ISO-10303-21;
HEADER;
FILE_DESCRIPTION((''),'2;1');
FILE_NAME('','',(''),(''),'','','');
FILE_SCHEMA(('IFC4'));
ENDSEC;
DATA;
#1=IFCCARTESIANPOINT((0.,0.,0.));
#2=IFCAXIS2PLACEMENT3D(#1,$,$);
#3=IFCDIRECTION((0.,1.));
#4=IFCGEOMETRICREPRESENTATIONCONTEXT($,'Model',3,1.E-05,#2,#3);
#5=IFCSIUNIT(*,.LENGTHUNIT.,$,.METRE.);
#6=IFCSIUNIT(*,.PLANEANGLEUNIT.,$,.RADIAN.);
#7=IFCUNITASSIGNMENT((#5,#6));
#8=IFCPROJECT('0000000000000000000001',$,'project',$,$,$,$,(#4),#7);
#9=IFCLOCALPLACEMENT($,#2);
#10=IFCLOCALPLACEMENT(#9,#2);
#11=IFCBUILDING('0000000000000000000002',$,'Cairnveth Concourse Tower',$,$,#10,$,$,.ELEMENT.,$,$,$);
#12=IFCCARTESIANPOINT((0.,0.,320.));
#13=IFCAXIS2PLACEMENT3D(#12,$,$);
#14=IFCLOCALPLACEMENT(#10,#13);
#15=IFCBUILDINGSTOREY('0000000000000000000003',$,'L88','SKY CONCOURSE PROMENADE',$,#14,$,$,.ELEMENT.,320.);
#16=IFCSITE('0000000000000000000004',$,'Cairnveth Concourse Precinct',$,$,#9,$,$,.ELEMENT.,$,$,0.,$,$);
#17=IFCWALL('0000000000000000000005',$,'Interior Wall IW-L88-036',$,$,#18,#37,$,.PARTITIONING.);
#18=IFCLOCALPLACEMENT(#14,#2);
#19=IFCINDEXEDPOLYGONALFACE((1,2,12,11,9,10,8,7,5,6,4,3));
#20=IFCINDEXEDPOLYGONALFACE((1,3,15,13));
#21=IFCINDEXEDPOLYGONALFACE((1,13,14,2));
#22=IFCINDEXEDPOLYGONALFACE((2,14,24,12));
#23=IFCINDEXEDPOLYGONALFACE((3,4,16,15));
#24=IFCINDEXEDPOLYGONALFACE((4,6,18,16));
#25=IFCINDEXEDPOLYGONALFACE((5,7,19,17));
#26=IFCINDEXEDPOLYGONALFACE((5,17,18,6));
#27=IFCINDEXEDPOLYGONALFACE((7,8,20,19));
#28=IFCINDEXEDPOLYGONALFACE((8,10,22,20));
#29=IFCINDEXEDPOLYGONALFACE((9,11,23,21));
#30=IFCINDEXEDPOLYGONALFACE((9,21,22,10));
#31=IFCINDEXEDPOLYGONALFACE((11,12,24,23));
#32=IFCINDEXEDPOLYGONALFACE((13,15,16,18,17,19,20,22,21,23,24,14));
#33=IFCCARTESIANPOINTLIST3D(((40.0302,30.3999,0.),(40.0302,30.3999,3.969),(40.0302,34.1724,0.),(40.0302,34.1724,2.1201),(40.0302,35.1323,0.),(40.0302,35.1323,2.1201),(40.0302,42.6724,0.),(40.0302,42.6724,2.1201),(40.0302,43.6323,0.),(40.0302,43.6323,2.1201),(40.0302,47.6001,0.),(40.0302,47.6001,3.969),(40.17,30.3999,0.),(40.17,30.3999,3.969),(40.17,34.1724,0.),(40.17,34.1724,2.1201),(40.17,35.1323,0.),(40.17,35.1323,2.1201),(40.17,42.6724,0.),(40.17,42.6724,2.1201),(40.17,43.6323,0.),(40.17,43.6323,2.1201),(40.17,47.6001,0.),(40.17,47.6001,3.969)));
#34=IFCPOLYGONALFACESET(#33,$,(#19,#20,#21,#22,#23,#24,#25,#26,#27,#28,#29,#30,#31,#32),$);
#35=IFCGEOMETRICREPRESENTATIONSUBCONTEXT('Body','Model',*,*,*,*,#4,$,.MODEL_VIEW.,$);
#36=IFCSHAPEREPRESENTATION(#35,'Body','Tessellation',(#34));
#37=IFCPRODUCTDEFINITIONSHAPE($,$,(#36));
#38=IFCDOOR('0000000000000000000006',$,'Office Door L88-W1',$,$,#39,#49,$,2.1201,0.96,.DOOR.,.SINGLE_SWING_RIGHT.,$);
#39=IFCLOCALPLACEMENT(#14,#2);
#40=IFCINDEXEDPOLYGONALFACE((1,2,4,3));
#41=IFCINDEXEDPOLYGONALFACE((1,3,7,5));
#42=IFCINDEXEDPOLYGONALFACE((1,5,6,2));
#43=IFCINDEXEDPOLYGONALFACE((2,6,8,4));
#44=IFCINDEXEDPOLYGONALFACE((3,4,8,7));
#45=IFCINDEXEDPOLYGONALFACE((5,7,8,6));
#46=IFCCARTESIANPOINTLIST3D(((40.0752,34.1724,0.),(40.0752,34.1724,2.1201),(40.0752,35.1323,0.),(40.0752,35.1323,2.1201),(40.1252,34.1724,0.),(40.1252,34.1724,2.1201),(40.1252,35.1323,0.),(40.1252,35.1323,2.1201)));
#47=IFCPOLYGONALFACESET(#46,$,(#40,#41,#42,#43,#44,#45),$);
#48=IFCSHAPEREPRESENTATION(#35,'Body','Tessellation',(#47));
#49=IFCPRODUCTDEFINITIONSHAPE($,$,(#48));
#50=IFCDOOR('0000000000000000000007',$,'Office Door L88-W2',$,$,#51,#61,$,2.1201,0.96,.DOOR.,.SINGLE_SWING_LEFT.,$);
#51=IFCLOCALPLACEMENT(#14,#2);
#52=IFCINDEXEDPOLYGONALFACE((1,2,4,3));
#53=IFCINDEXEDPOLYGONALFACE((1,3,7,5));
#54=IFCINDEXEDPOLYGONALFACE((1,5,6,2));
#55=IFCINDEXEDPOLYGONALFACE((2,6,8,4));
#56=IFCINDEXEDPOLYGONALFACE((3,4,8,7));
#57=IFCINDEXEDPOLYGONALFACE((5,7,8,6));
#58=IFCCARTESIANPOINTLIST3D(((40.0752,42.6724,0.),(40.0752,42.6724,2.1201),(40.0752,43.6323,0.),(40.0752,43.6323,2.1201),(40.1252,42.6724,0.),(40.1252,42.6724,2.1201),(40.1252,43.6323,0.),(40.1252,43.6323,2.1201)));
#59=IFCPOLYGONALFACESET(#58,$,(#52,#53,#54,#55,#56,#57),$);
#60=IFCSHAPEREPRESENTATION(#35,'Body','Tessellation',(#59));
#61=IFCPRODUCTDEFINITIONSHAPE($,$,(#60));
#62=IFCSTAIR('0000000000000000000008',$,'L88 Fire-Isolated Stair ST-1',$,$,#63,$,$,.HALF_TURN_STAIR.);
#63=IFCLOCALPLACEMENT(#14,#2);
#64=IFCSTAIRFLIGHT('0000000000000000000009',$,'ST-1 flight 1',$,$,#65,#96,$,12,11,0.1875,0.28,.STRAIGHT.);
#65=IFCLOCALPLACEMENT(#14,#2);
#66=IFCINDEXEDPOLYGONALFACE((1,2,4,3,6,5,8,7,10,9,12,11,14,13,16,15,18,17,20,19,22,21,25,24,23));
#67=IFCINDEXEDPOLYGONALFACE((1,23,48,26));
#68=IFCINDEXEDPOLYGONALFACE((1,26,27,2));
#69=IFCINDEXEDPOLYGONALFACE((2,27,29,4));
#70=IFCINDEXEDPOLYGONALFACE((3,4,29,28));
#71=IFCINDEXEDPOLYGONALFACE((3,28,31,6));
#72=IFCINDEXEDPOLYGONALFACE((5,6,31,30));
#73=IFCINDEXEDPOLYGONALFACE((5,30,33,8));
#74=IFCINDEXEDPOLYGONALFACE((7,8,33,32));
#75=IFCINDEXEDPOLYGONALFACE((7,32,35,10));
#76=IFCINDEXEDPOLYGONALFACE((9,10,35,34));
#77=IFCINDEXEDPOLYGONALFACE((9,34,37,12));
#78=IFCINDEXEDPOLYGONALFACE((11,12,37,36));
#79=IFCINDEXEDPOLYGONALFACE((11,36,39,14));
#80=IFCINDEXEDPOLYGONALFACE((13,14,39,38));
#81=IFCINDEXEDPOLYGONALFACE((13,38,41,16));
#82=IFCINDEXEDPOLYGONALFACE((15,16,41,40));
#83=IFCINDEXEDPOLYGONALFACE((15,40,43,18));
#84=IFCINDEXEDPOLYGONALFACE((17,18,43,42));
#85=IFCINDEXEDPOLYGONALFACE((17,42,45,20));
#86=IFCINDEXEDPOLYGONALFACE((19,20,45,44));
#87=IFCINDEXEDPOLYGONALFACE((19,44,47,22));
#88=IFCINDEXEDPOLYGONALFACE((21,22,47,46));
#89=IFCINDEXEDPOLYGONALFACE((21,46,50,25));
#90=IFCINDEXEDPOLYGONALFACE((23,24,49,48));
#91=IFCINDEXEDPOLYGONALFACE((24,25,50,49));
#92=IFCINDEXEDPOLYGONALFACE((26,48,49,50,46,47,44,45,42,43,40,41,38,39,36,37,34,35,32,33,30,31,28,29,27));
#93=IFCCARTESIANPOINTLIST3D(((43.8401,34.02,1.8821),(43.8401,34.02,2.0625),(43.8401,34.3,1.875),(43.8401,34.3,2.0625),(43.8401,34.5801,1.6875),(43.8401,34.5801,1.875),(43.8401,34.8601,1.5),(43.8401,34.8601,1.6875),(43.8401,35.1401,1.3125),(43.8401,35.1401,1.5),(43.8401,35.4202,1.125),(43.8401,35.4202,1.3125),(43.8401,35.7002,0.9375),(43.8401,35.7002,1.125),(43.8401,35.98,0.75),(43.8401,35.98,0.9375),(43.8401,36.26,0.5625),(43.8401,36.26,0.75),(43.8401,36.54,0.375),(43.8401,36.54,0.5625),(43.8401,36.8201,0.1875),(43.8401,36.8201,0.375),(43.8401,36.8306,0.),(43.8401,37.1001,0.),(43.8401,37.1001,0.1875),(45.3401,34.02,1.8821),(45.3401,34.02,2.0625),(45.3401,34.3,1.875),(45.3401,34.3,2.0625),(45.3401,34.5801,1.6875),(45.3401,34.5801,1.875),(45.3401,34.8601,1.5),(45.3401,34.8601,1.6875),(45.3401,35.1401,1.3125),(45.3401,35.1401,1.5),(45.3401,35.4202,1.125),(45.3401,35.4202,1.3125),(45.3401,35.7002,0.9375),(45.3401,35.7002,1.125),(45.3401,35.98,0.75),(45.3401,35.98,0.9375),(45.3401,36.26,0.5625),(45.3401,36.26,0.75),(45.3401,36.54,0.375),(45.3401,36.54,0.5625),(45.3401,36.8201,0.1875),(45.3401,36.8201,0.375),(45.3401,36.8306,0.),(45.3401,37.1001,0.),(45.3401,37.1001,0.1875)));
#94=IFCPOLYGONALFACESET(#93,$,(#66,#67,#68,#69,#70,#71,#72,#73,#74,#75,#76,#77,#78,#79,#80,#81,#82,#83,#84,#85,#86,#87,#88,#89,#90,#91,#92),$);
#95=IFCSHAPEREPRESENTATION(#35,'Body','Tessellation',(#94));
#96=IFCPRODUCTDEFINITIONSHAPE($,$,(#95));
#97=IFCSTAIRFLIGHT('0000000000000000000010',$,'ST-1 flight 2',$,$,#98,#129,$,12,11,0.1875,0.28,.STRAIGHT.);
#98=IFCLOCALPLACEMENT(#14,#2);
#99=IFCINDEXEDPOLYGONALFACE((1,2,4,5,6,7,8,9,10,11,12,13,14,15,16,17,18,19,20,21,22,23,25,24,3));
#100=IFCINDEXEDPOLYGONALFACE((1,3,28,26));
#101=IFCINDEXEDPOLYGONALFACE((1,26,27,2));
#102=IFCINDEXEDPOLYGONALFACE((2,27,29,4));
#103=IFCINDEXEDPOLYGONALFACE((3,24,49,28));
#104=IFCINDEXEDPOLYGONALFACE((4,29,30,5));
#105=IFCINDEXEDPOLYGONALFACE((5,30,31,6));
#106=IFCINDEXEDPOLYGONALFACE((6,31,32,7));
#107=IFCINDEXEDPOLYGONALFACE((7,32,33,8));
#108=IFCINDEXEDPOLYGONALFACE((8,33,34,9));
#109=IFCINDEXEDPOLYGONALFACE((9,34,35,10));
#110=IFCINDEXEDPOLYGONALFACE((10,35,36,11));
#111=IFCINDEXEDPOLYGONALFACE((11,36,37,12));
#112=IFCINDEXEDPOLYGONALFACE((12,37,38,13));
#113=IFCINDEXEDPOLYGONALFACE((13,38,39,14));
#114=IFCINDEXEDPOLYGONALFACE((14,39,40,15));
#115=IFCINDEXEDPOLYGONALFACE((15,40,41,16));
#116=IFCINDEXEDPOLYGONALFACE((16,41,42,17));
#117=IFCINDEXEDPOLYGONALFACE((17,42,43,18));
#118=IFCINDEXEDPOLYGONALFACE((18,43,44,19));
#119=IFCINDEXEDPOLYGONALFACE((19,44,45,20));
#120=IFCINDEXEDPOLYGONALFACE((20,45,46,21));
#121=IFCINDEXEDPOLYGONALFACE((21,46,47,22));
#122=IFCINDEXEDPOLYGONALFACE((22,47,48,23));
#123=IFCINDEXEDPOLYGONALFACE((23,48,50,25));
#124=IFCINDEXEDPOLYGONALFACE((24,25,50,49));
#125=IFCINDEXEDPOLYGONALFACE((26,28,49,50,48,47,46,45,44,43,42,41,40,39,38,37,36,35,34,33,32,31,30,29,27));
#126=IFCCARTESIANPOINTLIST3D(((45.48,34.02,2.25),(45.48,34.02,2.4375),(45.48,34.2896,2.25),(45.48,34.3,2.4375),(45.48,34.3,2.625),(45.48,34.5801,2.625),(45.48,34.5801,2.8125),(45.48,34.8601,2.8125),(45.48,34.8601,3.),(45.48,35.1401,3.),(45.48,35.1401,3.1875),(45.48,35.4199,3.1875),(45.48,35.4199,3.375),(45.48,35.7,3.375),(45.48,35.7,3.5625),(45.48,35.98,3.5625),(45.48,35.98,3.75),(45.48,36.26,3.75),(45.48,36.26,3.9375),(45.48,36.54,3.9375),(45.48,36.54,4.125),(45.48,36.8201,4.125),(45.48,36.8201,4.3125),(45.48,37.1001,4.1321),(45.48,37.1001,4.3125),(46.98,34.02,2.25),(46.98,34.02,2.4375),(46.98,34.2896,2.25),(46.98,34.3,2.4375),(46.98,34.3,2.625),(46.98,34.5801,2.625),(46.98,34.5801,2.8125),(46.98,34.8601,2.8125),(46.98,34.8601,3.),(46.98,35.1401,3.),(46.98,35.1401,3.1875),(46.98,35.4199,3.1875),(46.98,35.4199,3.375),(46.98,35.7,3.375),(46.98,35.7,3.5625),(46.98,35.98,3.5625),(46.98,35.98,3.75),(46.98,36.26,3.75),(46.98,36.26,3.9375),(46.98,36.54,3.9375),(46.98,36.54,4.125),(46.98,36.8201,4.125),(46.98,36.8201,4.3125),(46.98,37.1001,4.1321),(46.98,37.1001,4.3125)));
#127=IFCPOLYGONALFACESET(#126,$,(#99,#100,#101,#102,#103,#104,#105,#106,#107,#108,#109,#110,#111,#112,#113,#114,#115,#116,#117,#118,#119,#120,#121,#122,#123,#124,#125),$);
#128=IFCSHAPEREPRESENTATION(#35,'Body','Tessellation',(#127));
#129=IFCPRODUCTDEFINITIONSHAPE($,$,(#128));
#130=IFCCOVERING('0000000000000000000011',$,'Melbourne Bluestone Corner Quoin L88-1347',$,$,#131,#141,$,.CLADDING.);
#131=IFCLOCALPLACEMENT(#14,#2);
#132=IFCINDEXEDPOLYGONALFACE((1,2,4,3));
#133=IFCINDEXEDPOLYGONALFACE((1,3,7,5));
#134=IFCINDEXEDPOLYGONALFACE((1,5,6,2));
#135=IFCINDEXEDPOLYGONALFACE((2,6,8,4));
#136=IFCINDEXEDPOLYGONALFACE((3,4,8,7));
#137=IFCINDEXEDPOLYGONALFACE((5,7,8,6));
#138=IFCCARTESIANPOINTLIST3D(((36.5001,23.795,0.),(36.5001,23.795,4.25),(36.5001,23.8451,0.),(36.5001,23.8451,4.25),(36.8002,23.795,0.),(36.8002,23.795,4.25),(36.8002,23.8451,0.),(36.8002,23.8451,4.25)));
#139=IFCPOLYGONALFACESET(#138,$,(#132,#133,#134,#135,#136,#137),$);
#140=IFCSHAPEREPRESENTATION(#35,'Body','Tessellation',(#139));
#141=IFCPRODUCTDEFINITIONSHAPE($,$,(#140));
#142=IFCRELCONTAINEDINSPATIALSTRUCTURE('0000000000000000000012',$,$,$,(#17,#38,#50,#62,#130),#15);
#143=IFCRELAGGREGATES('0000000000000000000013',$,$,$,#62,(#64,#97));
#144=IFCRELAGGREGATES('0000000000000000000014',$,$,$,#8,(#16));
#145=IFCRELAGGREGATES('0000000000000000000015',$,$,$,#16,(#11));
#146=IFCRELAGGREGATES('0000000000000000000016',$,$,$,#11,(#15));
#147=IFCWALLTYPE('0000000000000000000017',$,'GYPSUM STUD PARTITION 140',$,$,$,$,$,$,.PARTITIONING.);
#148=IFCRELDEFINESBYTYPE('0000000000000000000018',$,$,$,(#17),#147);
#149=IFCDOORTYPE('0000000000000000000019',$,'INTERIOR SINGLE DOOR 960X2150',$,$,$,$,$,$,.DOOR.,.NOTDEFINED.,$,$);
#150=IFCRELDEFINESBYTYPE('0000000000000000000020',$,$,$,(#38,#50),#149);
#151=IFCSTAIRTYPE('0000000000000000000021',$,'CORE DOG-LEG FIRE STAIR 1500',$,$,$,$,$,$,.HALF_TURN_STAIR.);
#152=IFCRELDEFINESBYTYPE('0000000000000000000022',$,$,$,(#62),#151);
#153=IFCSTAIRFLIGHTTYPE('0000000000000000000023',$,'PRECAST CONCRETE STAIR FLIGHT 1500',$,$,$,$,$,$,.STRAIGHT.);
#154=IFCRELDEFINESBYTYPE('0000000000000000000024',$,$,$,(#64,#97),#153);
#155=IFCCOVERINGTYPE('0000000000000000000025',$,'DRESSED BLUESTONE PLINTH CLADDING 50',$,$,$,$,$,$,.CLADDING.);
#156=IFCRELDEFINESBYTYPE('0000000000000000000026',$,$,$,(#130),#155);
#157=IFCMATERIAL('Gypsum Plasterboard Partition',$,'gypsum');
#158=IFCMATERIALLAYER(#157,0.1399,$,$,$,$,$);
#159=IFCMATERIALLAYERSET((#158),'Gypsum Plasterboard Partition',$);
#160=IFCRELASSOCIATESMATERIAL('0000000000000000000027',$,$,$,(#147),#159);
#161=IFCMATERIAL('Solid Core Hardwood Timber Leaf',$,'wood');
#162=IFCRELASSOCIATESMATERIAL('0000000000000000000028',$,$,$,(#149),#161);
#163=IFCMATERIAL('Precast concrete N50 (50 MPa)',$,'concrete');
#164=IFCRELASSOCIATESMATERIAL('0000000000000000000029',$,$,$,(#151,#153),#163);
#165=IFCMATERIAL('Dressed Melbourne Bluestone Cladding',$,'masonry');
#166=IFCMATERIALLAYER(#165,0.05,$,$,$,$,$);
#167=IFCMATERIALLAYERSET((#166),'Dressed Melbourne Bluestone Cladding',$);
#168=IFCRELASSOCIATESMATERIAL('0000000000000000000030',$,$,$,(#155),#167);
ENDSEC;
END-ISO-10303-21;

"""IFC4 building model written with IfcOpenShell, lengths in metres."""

from ifc_helpers import new_model, si_unit, direction, frame, frame_2d, origin, place, context, subcontext, project, spatial, polyline, rectangle, outline, extrude, material, layer, layer_set, type_object, element, fill, aggregate, save


model = new_model("IFC4")

# Units and contexts
model_context = context("Model", 3, precision=1e-05, world=origin(), true_north=direction((0.0, 1.0)))
body_context = subcontext(model_context, "Body", "Model", "MODEL_VIEW")
ifc_project = project(units=[si_unit("LENGTHUNIT", "METRE"), si_unit("PLANEANGLEUNIT", "RADIAN")], contexts=[model_context])

# Site, building, storey
site_placement = place(None, origin())
site = spatial("IfcSite", under=ifc_project, at=site_placement, Name="Cairnveth Concourse Precinct", CompositionType="ELEMENT", RefElevation=0.0)
building_placement = place(site_placement, origin())
building = spatial("IfcBuilding", under=site, at=building_placement, Name="Cairnveth Concourse Tower", CompositionType="ELEMENT")
storey_placement = place(building_placement, frame((0.0, 0.0, 320.0)))
storey = spatial("IfcBuildingStorey", under=building, at=storey_placement, Name="L88", Description="SKY CONCOURSE PROMENADE", CompositionType="ELEMENT", Elevation=320.0)

# Shared definitions
ifc_material_1 = material(Name="Gypsum Plasterboard Partition", Category="gypsum")

# Wall, openings, doors
ifc_layer_1 = layer(ifc_material_1, 0.1399)
ifc_layer_set_1 = layer_set([ifc_layer_1], Name="Gypsum Plasterboard Partition")
wall_type_1 = type_object("IfcWallType", Name="GYPSUM STUD PARTITION 140", PredefinedType="PARTITIONING", material=ifc_layer_set_1)
wall_1_placement = place(storey_placement, frame((40.1001, 30.3999, 0.0), z_axis=(0.0, 0.0, 1.0), x_axis=(0.0, 1.0, 0.0)))
wall_1 = element("IfcWall", 1, at=wall_1_placement, inside=storey, type_object=wall_type_1, Name="Interior Wall IW-L88-036", PredefinedType="PARTITIONING", context=body_context, shape_type="SweptSolid", body=[
    extrude(rectangle(XDim=17.2002, YDim=0.1399, at=frame_2d((8.6001, 0.0))), origin(), (0.0, 0.0, 1.0), 3.969),
])
opening_1_placement = place(wall_1_placement, frame((3.7725, 0.0, 0.0)))
opening_1 = element("IfcOpeningElement", 2, at=opening_1_placement, cuts=wall_1, PredefinedType="OPENING", context=body_context, shape_type="SweptSolid", body=[
    extrude(rectangle(XDim=0.96, YDim=2.1201, at=frame_2d((0.48, 1.0601))), frame((0.0, 0.0798, 0.0), z_axis=(0.0, -1.0, 0.0), x_axis=(1.0, 0.0, 0.0)), (0.0, 0.0, 1.0), 0.1599),
])
opening_2_placement = place(wall_1_placement, frame((12.2725, 0.0, 0.0)))
opening_2 = element("IfcOpeningElement", 3, at=opening_2_placement, cuts=wall_1, PredefinedType="OPENING", context=body_context, shape_type="SweptSolid", body=[
    extrude(rectangle(XDim=0.96, YDim=2.1201, at=frame_2d((0.48, 1.0601))), frame((0.0, 0.0798, 0.0), z_axis=(0.0, -1.0, 0.0), x_axis=(1.0, 0.0, 0.0)), (0.0, 0.0, 1.0), 0.1599),
])
ifc_material_2 = material(Name="Solid Core Hardwood Timber Leaf", Category="wood")
door_type = type_object("IfcDoorType", Name="INTERIOR SINGLE DOOR 960X2150", OperationType="NOTDEFINED", PredefinedType="DOOR", material=ifc_material_2)
door_1_placement = place(opening_1_placement, origin())
door_1 = element("IfcDoor", 4, at=door_1_placement, inside=storey, type_object=door_type, Name="Office Door L88-W1", OperationType="SINGLE_SWING_RIGHT", OverallHeight=2.1201, OverallWidth=0.96, PredefinedType="DOOR", context=body_context, shape_type="SweptSolid", body=[
    extrude(rectangle(XDim=0.96, YDim=2.1201, at=frame_2d((0.48, 1.0601))), frame((0.0, 0.0249, 0.0), z_axis=(0.0, -1.0, 0.0), x_axis=(1.0, 0.0, 0.0)), (0.0, 0.0, 1.0), 0.05),
])
fill(opening_1, door_1)
door_2_placement = place(opening_2_placement, origin())
door_2 = element("IfcDoor", 5, at=door_2_placement, inside=storey, type_object=door_type, Name="Office Door L88-W2", OperationType="SINGLE_SWING_LEFT", OverallHeight=2.1201, OverallWidth=0.96, PredefinedType="DOOR", context=body_context, shape_type="SweptSolid", body=[
    extrude(rectangle(XDim=0.96, YDim=2.1201, at=frame_2d((0.48, 1.0601))), frame((0.0, 0.0249, 0.0), z_axis=(0.0, -1.0, 0.0), x_axis=(1.0, 0.0, 0.0)), (0.0, 0.0, 1.0), 0.05),
])
fill(opening_2, door_2)

# Stair, stair flights
ifc_material_3 = material(Name="Precast concrete N50 (50 MPa)", Category="concrete")
stair_type = type_object("IfcStairType", Name="CORE DOG-LEG FIRE STAIR 1500", PredefinedType="HALF_TURN_STAIR", material=ifc_material_3)
stair_placement = place(storey_placement, origin())
stair = element("IfcStair", 6, at=stair_placement, inside=storey, type_object=stair_type, Name="L88 Fire-Isolated Stair ST-1", PredefinedType="HALF_TURN_STAIR")
stair_flight_type = type_object("IfcStairFlightType", Name="PRECAST CONCRETE STAIR FLIGHT 1500", PredefinedType="STRAIGHT", material=ifc_material_3)
stair_flight_1_placement = place(storey_placement, frame((44.5901, 37.1001, 0.0), z_axis=(0.0, 0.0, 1.0), x_axis=(0.0, -1.0, 0.0)))
stair_flight_1 = element("IfcStairFlight", 7, at=stair_flight_1_placement, type_object=stair_flight_type, Name="ST-1 flight 1", NumberOfRisers=12, NumberOfTreads=11, PredefinedType="STRAIGHT", RiserHeight=0.1875, TreadLength=0.28, context=body_context, shape_type="SweptSolid", body=[
    extrude(outline(polyline([(0.0, 0.0), (0.0, 0.1875), (0.28, 0.1875), (0.28, 0.375), (0.5601, 0.375), (0.5601, 0.5625), (0.8401, 0.5625), (0.8401, 0.75), (1.1201, 0.75), (1.1201, 0.9375), (1.3999, 0.9375), (1.3999, 1.125), (1.6799, 1.125), (1.6799, 1.3125), (1.96, 1.3125), (1.96, 1.5), (2.24, 1.5), (2.24, 1.6875), (2.52, 1.6875), (2.52, 1.875), (2.8, 1.875), (2.8, 2.0625), (3.0801, 2.0625), (3.0801, 2.25), (3.0801, 1.8821), (0.2695, 0.0), (0.0, 0.0)])), frame((0.0, 0.75, 0.0), z_axis=(0.0, -1.0, 0.0), x_axis=(1.0, 0.0, 0.0)), (0.0, 0.0, 1.0), 1.5),
])
stair_flight_2_placement = place(storey_placement, frame((46.23, 34.02, 2.25), z_axis=(0.0, 0.0, 1.0), x_axis=(0.0, 1.0, 0.0)))
stair_flight_2 = element("IfcStairFlight", 8, at=stair_flight_2_placement, type_object=stair_flight_type, Name="ST-1 flight 2", NumberOfRisers=12, NumberOfTreads=11, PredefinedType="STRAIGHT", RiserHeight=0.1875, TreadLength=0.28, context=body_context, shape_type="SweptSolid", body=[
    extrude(outline(polyline([(0.0, 0.0), (0.0, 0.1875), (0.28, 0.1875), (0.28, 0.375), (0.5601, 0.375), (0.5601, 0.5625), (0.8401, 0.5625), (0.8401, 0.75), (1.1201, 0.75), (1.1201, 0.9375), (1.3999, 0.9375), (1.3999, 1.125), (1.6799, 1.125), (1.6799, 1.3125), (1.96, 1.3125), (1.96, 1.5), (2.24, 1.5), (2.24, 1.6875), (2.52, 1.6875), (2.52, 1.875), (2.8, 1.875), (2.8, 2.0625), (3.0801, 2.0625), (3.0801, 2.25), (3.0801, 1.8821), (0.2695, 0.0), (0.0, 0.0)])), frame((0.0, 0.75, 0.0), z_axis=(0.0, -1.0, 0.0), x_axis=(1.0, 0.0, 0.0)), (0.0, 0.0, 1.0), 1.5),
])
aggregate(stair, [stair_flight_1, stair_flight_2])

# Covering
ifc_material_4 = material(Name="Dressed Melbourne Bluestone Cladding", Category="masonry")
ifc_layer_2 = layer(ifc_material_4, 0.05)
ifc_layer_set_2 = layer_set([ifc_layer_2], Name="Dressed Melbourne Bluestone Cladding")
covering_type = type_object("IfcCoveringType", Name="DRESSED BLUESTONE PLINTH CLADDING 50", PredefinedType="CLADDING", material=ifc_layer_set_2)
covering_placement = place(storey_placement, frame((36.8, 23.8201, 0.0), z_axis=(0.0, 0.0, 1.0), x_axis=(-1.0, 0.0, 0.0)))
element("IfcCovering", 9, at=covering_placement, inside=storey, type_object=covering_type, Name="Melbourne Bluestone Corner Quoin L88-1347", PredefinedType="CLADDING", context=body_context, shape_type="SweptSolid", body=[
    extrude(rectangle(XDim=0.3, YDim=0.05, at=frame_2d((0.1499, 0.0))), origin(), (0.0, 0.0, 1.0), 4.25),
])

save(model, "model.ifc")
